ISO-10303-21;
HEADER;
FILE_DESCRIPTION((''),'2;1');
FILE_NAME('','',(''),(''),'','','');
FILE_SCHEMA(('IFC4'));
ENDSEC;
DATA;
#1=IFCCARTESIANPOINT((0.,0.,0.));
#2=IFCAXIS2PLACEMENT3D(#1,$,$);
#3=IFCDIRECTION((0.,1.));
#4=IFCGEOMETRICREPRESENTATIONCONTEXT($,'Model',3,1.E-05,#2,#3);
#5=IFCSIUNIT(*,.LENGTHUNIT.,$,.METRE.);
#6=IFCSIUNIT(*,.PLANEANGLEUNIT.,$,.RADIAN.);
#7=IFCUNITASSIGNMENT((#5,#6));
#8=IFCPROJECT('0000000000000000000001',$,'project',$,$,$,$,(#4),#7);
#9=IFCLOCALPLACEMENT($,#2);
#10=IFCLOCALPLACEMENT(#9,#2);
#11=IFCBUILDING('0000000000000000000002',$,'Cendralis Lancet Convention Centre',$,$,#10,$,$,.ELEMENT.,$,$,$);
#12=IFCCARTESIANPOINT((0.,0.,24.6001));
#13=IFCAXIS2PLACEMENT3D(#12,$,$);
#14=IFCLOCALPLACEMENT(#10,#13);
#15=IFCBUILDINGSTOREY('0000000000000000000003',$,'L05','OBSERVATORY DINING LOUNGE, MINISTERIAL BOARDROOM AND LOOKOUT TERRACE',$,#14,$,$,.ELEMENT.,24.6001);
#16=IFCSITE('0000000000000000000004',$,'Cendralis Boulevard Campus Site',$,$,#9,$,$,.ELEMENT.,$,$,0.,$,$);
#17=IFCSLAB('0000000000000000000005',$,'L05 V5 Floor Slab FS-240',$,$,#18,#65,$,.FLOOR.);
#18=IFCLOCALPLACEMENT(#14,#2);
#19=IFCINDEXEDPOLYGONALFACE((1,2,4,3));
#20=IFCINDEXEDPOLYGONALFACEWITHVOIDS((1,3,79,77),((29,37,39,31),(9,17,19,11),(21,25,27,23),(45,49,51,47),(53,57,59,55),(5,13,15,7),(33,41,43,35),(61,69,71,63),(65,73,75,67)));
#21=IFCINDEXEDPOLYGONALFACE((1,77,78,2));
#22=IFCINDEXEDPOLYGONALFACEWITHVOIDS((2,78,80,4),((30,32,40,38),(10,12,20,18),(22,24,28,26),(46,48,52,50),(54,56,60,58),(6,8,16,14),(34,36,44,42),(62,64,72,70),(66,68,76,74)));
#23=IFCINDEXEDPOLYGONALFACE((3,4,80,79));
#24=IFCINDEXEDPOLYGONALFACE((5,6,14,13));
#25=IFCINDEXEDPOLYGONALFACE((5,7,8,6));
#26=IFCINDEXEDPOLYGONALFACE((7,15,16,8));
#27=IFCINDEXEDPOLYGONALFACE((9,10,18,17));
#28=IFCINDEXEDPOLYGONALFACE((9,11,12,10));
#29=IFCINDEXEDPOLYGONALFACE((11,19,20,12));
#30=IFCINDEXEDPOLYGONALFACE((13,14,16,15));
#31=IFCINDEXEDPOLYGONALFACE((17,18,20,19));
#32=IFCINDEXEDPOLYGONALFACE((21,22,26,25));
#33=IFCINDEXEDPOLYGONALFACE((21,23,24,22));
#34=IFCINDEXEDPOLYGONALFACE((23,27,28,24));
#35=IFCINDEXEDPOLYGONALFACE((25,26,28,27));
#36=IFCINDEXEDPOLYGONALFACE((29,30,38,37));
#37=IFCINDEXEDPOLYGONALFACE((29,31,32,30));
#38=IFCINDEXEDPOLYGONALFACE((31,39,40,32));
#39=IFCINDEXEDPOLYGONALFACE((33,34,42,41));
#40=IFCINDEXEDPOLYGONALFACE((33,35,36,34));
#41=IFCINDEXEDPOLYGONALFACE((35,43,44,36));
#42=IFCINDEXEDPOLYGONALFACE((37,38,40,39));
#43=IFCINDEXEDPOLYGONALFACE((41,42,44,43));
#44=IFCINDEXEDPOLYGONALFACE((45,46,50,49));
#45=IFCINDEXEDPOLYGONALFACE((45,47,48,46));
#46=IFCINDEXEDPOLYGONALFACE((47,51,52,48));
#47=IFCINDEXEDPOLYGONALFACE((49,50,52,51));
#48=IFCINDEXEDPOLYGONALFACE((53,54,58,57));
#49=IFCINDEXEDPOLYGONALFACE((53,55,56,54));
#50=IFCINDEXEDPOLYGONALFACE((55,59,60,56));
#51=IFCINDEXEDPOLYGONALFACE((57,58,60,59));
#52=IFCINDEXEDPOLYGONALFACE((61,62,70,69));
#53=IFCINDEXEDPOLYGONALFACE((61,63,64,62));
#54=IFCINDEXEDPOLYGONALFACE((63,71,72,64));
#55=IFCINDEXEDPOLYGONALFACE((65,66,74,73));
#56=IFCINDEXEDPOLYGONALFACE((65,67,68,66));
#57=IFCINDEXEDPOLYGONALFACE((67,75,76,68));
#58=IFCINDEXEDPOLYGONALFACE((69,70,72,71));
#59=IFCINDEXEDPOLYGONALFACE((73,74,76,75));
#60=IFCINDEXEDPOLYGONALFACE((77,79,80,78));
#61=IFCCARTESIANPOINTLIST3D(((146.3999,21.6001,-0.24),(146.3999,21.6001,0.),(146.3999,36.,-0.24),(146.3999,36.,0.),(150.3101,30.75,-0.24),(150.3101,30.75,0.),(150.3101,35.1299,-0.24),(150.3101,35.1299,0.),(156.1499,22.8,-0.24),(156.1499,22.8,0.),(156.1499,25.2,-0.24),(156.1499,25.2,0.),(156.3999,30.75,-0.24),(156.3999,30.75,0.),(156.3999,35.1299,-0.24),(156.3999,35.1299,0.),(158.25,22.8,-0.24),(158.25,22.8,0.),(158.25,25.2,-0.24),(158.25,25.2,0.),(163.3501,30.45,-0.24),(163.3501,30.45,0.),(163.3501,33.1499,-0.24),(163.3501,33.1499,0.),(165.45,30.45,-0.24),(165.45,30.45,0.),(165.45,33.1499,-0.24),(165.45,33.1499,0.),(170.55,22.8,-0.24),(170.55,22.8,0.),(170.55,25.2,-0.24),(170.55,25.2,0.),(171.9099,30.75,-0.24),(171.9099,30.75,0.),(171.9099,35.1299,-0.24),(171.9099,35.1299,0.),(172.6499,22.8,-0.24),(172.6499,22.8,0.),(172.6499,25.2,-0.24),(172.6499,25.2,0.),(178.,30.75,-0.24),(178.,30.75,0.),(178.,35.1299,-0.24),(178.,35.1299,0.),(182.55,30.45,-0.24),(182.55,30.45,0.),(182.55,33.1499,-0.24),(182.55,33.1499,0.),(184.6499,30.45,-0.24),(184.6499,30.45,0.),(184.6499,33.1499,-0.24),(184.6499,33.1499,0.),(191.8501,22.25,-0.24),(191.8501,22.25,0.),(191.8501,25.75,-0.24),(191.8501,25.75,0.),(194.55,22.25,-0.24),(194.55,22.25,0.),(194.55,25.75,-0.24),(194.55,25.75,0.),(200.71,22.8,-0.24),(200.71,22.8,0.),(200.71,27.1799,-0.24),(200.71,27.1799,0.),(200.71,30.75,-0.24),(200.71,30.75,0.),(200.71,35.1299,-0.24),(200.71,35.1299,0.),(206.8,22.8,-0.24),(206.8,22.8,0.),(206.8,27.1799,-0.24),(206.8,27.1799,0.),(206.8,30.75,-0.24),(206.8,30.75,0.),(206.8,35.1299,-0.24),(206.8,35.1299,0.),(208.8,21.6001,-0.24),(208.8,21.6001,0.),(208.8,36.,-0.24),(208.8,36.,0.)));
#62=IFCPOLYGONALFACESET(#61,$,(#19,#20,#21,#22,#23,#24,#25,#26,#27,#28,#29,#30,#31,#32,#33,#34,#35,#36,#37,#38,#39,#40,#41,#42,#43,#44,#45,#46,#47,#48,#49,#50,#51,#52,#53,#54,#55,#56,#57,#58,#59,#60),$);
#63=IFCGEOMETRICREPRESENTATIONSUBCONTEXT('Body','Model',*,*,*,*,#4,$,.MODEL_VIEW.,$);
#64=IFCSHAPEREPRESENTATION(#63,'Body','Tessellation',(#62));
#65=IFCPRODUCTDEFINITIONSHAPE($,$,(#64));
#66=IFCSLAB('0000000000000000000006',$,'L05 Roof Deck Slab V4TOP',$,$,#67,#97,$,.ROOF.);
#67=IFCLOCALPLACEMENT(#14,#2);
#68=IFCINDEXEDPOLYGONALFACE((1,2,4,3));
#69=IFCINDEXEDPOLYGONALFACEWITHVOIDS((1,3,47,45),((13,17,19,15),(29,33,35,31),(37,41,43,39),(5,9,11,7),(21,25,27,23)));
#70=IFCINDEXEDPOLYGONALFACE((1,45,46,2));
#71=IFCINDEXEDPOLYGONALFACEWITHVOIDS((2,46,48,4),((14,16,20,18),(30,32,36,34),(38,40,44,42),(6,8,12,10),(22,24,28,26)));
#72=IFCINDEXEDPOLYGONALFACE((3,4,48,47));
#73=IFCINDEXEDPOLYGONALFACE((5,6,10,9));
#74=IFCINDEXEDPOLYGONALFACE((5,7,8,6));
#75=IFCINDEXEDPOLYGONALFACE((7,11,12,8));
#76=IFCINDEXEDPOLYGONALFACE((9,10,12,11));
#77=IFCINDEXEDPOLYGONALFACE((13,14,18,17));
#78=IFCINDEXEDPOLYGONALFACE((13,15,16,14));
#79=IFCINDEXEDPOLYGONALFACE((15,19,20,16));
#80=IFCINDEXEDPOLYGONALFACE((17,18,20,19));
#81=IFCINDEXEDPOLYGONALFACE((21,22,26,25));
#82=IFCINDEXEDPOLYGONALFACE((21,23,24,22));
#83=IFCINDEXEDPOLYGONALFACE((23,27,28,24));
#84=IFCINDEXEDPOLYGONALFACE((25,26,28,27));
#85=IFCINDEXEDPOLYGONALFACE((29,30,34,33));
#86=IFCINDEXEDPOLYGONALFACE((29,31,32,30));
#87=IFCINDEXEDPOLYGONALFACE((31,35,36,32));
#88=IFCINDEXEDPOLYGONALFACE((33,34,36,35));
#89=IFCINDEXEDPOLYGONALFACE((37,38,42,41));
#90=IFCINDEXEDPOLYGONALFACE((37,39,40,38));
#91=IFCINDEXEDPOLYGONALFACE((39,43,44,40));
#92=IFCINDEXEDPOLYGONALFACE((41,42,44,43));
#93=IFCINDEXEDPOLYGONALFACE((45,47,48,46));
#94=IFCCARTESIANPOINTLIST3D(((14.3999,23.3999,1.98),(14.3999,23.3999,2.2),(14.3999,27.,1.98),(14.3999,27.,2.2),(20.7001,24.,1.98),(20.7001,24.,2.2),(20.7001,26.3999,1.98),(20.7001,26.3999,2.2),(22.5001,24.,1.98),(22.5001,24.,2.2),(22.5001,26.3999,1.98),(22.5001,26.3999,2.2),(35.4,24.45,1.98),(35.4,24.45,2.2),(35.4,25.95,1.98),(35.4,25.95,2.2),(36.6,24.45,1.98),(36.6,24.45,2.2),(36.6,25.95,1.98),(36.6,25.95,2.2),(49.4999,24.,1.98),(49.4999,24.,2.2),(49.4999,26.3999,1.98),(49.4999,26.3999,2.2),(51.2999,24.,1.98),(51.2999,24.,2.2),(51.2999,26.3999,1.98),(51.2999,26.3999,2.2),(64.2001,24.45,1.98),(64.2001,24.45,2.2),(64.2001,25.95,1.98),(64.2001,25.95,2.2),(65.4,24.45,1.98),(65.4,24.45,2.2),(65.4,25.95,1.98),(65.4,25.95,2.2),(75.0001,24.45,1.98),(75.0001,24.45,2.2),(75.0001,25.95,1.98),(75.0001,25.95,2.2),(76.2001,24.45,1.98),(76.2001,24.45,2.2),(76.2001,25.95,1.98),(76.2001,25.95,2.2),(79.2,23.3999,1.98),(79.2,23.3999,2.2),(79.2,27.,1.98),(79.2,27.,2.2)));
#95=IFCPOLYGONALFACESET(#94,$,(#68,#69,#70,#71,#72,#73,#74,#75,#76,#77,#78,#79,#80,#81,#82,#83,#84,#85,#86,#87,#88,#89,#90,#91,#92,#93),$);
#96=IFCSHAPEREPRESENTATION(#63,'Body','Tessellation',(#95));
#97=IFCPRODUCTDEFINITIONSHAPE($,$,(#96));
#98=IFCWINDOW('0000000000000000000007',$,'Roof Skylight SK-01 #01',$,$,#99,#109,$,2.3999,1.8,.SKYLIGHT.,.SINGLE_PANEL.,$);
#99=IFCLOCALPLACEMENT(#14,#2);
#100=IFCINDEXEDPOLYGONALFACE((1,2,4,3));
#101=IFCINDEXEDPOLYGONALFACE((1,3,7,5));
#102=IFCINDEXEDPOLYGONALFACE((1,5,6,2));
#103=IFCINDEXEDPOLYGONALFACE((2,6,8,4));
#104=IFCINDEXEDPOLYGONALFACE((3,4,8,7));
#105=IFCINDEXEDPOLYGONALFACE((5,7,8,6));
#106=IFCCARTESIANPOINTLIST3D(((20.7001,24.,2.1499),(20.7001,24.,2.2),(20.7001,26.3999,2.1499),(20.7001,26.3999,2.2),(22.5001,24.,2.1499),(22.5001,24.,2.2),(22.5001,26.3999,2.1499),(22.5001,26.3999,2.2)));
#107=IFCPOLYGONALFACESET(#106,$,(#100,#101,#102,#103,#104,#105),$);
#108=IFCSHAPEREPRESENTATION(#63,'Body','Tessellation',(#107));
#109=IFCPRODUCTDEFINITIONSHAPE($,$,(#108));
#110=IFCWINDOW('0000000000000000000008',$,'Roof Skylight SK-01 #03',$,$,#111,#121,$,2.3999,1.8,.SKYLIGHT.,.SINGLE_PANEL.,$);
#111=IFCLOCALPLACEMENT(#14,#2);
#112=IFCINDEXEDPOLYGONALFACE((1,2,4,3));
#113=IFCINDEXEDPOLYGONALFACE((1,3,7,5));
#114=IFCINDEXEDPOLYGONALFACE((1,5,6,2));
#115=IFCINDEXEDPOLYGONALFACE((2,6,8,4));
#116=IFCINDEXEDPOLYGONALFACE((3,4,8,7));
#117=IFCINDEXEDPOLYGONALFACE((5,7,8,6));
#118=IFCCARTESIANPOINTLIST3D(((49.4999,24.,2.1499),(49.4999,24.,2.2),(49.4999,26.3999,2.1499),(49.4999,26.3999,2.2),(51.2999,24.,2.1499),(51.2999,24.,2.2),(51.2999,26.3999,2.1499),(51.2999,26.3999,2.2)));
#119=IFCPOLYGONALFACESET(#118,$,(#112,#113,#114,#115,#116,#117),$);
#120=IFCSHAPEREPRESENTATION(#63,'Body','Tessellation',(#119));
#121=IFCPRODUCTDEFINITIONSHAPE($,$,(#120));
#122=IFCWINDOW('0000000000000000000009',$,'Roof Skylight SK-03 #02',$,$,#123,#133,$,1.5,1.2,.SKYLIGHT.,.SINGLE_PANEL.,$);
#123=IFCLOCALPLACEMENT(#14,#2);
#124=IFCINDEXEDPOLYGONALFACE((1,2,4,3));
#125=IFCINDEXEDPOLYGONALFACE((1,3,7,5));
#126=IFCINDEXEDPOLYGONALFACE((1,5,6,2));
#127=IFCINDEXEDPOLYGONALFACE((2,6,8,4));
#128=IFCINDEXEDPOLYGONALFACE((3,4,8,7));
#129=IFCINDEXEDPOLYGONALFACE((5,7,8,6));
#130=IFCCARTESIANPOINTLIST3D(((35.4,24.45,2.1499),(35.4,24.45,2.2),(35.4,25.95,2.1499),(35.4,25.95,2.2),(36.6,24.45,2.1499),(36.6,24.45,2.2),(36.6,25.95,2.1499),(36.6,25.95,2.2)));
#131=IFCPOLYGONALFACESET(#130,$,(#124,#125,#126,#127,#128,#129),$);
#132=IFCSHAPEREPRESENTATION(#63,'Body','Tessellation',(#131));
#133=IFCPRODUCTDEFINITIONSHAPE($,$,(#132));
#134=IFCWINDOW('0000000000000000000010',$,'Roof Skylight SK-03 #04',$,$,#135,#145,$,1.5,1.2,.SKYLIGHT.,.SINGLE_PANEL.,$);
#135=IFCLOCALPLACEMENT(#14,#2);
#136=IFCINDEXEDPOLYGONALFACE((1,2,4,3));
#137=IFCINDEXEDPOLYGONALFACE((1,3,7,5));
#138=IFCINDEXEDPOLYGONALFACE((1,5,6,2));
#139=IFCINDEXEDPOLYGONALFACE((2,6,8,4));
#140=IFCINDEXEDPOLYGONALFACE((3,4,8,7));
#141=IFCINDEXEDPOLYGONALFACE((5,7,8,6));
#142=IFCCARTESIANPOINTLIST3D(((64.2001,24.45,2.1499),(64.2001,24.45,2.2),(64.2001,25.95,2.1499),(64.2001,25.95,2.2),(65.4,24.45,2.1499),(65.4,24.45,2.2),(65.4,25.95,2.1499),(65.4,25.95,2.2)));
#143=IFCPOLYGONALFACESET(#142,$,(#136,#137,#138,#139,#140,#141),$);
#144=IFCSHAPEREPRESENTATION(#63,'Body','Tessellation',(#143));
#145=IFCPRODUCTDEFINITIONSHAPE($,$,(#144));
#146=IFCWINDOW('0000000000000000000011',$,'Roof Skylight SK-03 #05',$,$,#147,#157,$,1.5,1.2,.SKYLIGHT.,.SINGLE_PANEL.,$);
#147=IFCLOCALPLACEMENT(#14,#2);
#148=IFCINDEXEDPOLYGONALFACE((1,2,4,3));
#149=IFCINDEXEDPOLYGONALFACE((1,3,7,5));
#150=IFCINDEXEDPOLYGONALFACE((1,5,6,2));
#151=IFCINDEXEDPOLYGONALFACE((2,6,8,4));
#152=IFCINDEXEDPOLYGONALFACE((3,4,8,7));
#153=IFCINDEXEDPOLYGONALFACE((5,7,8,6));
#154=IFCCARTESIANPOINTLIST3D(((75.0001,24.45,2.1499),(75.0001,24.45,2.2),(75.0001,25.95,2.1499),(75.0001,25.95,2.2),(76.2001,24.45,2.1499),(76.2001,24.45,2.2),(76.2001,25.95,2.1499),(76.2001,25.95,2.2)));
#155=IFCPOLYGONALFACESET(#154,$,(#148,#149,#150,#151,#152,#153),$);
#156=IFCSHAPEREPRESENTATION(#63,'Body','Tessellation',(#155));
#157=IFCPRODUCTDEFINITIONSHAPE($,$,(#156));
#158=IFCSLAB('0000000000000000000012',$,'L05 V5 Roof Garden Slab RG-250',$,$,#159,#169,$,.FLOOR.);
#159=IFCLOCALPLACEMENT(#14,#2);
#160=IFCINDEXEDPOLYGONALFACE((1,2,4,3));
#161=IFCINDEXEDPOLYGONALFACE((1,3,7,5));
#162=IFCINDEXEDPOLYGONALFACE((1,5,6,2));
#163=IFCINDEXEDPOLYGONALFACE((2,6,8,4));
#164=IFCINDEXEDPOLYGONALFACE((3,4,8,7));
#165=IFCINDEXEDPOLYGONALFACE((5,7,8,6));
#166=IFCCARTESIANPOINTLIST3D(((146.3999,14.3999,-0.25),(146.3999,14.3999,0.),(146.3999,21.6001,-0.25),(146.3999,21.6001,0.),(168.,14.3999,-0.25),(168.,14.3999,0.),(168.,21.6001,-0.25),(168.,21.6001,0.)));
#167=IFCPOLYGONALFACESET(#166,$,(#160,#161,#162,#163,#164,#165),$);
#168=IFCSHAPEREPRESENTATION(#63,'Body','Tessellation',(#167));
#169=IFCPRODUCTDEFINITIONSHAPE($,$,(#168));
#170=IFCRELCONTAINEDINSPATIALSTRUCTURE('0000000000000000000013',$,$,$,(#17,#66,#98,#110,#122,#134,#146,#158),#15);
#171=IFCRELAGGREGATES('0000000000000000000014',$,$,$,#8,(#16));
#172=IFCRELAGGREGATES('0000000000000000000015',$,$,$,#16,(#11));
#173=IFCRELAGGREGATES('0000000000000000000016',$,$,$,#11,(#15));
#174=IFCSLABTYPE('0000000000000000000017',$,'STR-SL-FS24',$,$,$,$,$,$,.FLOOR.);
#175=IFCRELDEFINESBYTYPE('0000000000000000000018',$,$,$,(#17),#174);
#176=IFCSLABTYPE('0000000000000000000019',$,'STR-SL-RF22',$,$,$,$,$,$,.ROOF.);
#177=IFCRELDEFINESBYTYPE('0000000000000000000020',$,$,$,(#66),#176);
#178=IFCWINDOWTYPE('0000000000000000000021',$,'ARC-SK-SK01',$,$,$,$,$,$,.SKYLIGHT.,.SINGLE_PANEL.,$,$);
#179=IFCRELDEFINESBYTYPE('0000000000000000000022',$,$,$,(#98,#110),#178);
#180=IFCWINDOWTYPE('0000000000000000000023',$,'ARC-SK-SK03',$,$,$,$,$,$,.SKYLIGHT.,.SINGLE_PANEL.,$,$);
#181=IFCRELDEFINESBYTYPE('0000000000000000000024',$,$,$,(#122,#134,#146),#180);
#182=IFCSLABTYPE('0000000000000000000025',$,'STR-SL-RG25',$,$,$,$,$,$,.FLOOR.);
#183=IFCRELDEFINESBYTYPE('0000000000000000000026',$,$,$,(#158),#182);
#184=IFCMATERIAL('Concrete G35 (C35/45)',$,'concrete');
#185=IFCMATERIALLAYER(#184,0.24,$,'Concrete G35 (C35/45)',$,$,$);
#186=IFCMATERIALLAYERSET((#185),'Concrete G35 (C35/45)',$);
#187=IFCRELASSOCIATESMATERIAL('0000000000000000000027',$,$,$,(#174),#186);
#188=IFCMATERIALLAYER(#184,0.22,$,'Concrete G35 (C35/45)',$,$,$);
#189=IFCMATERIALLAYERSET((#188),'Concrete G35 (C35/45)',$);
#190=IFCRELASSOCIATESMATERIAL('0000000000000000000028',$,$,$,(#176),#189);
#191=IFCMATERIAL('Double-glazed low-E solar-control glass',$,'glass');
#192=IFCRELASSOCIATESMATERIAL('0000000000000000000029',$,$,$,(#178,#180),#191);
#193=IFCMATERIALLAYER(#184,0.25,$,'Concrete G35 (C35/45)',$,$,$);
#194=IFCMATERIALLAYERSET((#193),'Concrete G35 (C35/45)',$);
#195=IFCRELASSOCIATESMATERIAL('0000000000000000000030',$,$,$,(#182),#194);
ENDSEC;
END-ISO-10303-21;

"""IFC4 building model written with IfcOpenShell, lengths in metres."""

from ifc_helpers import new_model, si_unit, direction, frame, origin, origin_2d, place, context, subcontext, project, spatial, polyline, rectangle, outline, extrude, material, layer, layer_set, type_object, element, fill, save


model = new_model("IFC4")

# Units and contexts
model_context = context("Model", 3, precision=1e-05, world=origin(), true_north=direction((0.0, 1.0)))
body_context = subcontext(model_context, "Body", "Model", "MODEL_VIEW")
ifc_project = project(units=[si_unit("LENGTHUNIT", "METRE"), si_unit("PLANEANGLEUNIT", "RADIAN")], contexts=[model_context])

# Site, building, storey
site_placement = place(None, origin())
site = spatial("IfcSite", under=ifc_project, at=site_placement, Name="Cendralis Boulevard Campus Site", CompositionType="ELEMENT", RefElevation=0.0)
building_placement = place(site_placement, origin())
building = spatial("IfcBuilding", under=site, at=building_placement, Name="Cendralis Lancet Convention Centre", CompositionType="ELEMENT")
storey_placement = place(building_placement, frame((0.0, 0.0, 24.6001)))
storey = spatial("IfcBuildingStorey", under=building, at=storey_placement, Name="L05", Description="OBSERVATORY DINING LOUNGE, MINISTERIAL BOARDROOM AND LOOKOUT TERRACE", CompositionType="ELEMENT", Elevation=24.6001)

# Slab
ifc_material_1 = material(Name="Concrete G35 (C35/45)", Category="concrete")
ifc_layer_1 = layer(ifc_material_1, 0.24, Name="Concrete G35 (C35/45)")
ifc_layer_set_1 = layer_set([ifc_layer_1], Name="Concrete G35 (C35/45)")
slab_type_1 = type_object("IfcSlabType", Name="STR-SL-FS24", PredefinedType="FLOOR", material=ifc_layer_set_1)
slab_1_placement = place(storey_placement, frame((0.0, 0.0, -0.24)))
element("IfcSlab", 1, at=slab_1_placement, inside=storey, type_object=slab_type_1, Name="L05 V5 Floor Slab FS-240", PredefinedType="FLOOR", context=body_context, shape_type="SweptSolid", body=[
    extrude(outline(polyline([(146.3999, 21.6001), (208.8, 21.6001), (208.8, 36.0), (146.3999, 36.0), (146.3999, 21.6001)]), holes=[polyline([(150.3101, 30.75), (156.3999, 30.75), (156.3999, 35.1299), (150.3101, 35.1299), (150.3101, 30.75)]), polyline([(171.9099, 30.75), (178.0, 30.75), (178.0, 35.1299), (171.9099, 35.1299), (171.9099, 30.75)]), polyline([(200.71, 22.8), (206.8, 22.8), (206.8, 27.1799), (200.71, 27.1799), (200.71, 22.8)]), polyline([(200.71, 30.75), (206.8, 30.75), (206.8, 35.1299), (200.71, 35.1299), (200.71, 30.75)]), polyline([(163.3501, 30.45), (165.45, 30.45), (165.45, 33.1499), (163.3501, 33.1499), (163.3501, 30.45)]), polyline([(182.55, 30.45), (184.6499, 30.45), (184.6499, 33.1499), (182.55, 33.1499), (182.55, 30.45)]), polyline([(156.1499, 22.8), (158.25, 22.8), (158.25, 25.2), (156.1499, 25.2), (156.1499, 22.8)]), polyline([(170.55, 22.8), (172.6499, 22.8), (172.6499, 25.2), (170.55, 25.2), (170.55, 22.8)]), polyline([(191.8501, 22.25), (194.55, 22.25), (194.55, 25.75), (191.8501, 25.75), (191.8501, 22.25)])]), origin(), (0.0, 0.0, 1.0), 0.24),
])

# Slab, openings, windows
ifc_layer_2 = layer(ifc_material_1, 0.22, Name="Concrete G35 (C35/45)")
ifc_layer_set_2 = layer_set([ifc_layer_2], Name="Concrete G35 (C35/45)")
slab_type_2 = type_object("IfcSlabType", Name="STR-SL-RF22", PredefinedType="ROOF", material=ifc_layer_set_2)
slab_2_placement = place(storey_placement, frame((0.0, 0.0, 1.98)))
slab_2 = element("IfcSlab", 2, at=slab_2_placement, inside=storey, type_object=slab_type_2, Name="L05 Roof Deck Slab V4TOP", PredefinedType="ROOF", context=body_context, shape_type="SweptSolid", body=[
    extrude(outline(polyline([(14.3999, 23.3999), (79.2, 23.3999), (79.2, 27.0), (14.3999, 27.0), (14.3999, 23.3999)])), origin(), (0.0, 0.0, 1.0), 0.22),
])
opening_1_placement = place(slab_2_placement, frame((21.6001, 25.2, -0.01)))
opening_1 = element("IfcOpeningElement", 3, at=opening_1_placement, cuts=slab_2, PredefinedType="OPENING", context=body_context, shape_type="SweptSolid", body=[
    extrude(rectangle(XDim=1.8, YDim=2.3999, at=origin_2d()), origin(), (0.0, 0.0, 1.0), 0.24),
])
opening_2_placement = place(slab_2_placement, frame((36.0, 25.2, -0.01)))
opening_2 = element("IfcOpeningElement", 4, at=opening_2_placement, cuts=slab_2, PredefinedType="OPENING", context=body_context, shape_type="SweptSolid", body=[
    extrude(rectangle(XDim=1.2, YDim=1.5, at=origin_2d()), origin(), (0.0, 0.0, 1.0), 0.24),
])
opening_3_placement = place(slab_2_placement, frame((50.3999, 25.2, -0.01)))
opening_3 = element("IfcOpeningElement", 5, at=opening_3_placement, cuts=slab_2, PredefinedType="OPENING", context=body_context, shape_type="SweptSolid", body=[
    extrude(rectangle(XDim=1.8, YDim=2.3999, at=origin_2d()), origin(), (0.0, 0.0, 1.0), 0.24),
])
opening_4_placement = place(slab_2_placement, frame((64.8, 25.2, -0.01)))
opening_4 = element("IfcOpeningElement", 6, at=opening_4_placement, cuts=slab_2, PredefinedType="OPENING", context=body_context, shape_type="SweptSolid", body=[
    extrude(rectangle(XDim=1.2, YDim=1.5, at=origin_2d()), origin(), (0.0, 0.0, 1.0), 0.24),
])
opening_5_placement = place(slab_2_placement, frame((75.6001, 25.2, -0.01)))
opening_5 = element("IfcOpeningElement", 7, at=opening_5_placement, cuts=slab_2, PredefinedType="OPENING", context=body_context, shape_type="SweptSolid", body=[
    extrude(rectangle(XDim=1.2, YDim=1.5, at=origin_2d()), origin(), (0.0, 0.0, 1.0), 0.24),
])
ifc_material_2 = material(Name="Double-glazed low-E solar-control glass", Category="glass")
window_type_1 = type_object("IfcWindowType", Name="ARC-SK-SK01", PartitioningType="SINGLE_PANEL", PredefinedType="SKYLIGHT", material=ifc_material_2)
window_1_placement = place(slab_2_placement, frame((21.6001, 25.2, 0.1699)))
window_1 = element("IfcWindow", 8, at=window_1_placement, inside=storey, type_object=window_type_1, Name="Roof Skylight SK-01 #01", OverallHeight=2.3999, OverallWidth=1.8, PartitioningType="SINGLE_PANEL", PredefinedType="SKYLIGHT", context=body_context, shape_type="SweptSolid", body=[
    extrude(rectangle(XDim=1.8, YDim=2.3999, at=origin_2d()), origin(), (0.0, 0.0, 1.0), 0.05),
])
fill(opening_1, window_1)
window_2_placement = place(slab_2_placement, frame((50.3999, 25.2, 0.1699)))
window_2 = element("IfcWindow", 9, at=window_2_placement, inside=storey, type_object=window_type_1, Name="Roof Skylight SK-01 #03", OverallHeight=2.3999, OverallWidth=1.8, PartitioningType="SINGLE_PANEL", PredefinedType="SKYLIGHT", context=body_context, shape_type="SweptSolid", body=[
    extrude(rectangle(XDim=1.8, YDim=2.3999, at=origin_2d()), origin(), (0.0, 0.0, 1.0), 0.05),
])
fill(opening_3, window_2)
window_type_2 = type_object("IfcWindowType", Name="ARC-SK-SK03", PartitioningType="SINGLE_PANEL", PredefinedType="SKYLIGHT", material=ifc_material_2)
window_3_placement = place(slab_2_placement, frame((36.0, 25.2, 0.1699)))
window_3 = element("IfcWindow", 10, at=window_3_placement, inside=storey, type_object=window_type_2, Name="Roof Skylight SK-03 #02", OverallHeight=1.5, OverallWidth=1.2, PartitioningType="SINGLE_PANEL", PredefinedType="SKYLIGHT", context=body_context, shape_type="SweptSolid", body=[
    extrude(rectangle(XDim=1.2, YDim=1.5, at=origin_2d()), origin(), (0.0, 0.0, 1.0), 0.05),
])
fill(opening_2, window_3)
window_4_placement = place(slab_2_placement, frame((64.8, 25.2, 0.1699)))
window_4 = element("IfcWindow", 11, at=window_4_placement, inside=storey, type_object=window_type_2, Name="Roof Skylight SK-03 #04", OverallHeight=1.5, OverallWidth=1.2, PartitioningType="SINGLE_PANEL", PredefinedType="SKYLIGHT", context=body_context, shape_type="SweptSolid", body=[
    extrude(rectangle(XDim=1.2, YDim=1.5, at=origin_2d()), origin(), (0.0, 0.0, 1.0), 0.05),
])
fill(opening_4, window_4)
window_5_placement = place(slab_2_placement, frame((75.6001, 25.2, 0.1699)))
window_5 = element("IfcWindow", 12, at=window_5_placement, inside=storey, type_object=window_type_2, Name="Roof Skylight SK-03 #05", OverallHeight=1.5, OverallWidth=1.2, PartitioningType="SINGLE_PANEL", PredefinedType="SKYLIGHT", context=body_context, shape_type="SweptSolid", body=[
    extrude(rectangle(XDim=1.2, YDim=1.5, at=origin_2d()), origin(), (0.0, 0.0, 1.0), 0.05),
])
fill(opening_5, window_5)

# Slab
ifc_layer_3 = layer(ifc_material_1, 0.25, Name="Concrete G35 (C35/45)")
ifc_layer_set_3 = layer_set([ifc_layer_3], Name="Concrete G35 (C35/45)")
slab_type_3 = type_object("IfcSlabType", Name="STR-SL-RG25", PredefinedType="FLOOR", material=ifc_layer_set_3)
slab_3_placement = place(storey_placement, frame((0.0, 0.0, -0.25)))
element("IfcSlab", 13, at=slab_3_placement, inside=storey, type_object=slab_type_3, Name="L05 V5 Roof Garden Slab RG-250", PredefinedType="FLOOR", context=body_context, shape_type="SweptSolid", body=[
    extrude(outline(polyline([(146.3999, 14.3999), (168.0, 14.3999), (168.0, 21.6001), (146.3999, 21.6001), (146.3999, 14.3999)])), origin(), (0.0, 0.0, 1.0), 0.25),
])

save(model, "model.ifc")
